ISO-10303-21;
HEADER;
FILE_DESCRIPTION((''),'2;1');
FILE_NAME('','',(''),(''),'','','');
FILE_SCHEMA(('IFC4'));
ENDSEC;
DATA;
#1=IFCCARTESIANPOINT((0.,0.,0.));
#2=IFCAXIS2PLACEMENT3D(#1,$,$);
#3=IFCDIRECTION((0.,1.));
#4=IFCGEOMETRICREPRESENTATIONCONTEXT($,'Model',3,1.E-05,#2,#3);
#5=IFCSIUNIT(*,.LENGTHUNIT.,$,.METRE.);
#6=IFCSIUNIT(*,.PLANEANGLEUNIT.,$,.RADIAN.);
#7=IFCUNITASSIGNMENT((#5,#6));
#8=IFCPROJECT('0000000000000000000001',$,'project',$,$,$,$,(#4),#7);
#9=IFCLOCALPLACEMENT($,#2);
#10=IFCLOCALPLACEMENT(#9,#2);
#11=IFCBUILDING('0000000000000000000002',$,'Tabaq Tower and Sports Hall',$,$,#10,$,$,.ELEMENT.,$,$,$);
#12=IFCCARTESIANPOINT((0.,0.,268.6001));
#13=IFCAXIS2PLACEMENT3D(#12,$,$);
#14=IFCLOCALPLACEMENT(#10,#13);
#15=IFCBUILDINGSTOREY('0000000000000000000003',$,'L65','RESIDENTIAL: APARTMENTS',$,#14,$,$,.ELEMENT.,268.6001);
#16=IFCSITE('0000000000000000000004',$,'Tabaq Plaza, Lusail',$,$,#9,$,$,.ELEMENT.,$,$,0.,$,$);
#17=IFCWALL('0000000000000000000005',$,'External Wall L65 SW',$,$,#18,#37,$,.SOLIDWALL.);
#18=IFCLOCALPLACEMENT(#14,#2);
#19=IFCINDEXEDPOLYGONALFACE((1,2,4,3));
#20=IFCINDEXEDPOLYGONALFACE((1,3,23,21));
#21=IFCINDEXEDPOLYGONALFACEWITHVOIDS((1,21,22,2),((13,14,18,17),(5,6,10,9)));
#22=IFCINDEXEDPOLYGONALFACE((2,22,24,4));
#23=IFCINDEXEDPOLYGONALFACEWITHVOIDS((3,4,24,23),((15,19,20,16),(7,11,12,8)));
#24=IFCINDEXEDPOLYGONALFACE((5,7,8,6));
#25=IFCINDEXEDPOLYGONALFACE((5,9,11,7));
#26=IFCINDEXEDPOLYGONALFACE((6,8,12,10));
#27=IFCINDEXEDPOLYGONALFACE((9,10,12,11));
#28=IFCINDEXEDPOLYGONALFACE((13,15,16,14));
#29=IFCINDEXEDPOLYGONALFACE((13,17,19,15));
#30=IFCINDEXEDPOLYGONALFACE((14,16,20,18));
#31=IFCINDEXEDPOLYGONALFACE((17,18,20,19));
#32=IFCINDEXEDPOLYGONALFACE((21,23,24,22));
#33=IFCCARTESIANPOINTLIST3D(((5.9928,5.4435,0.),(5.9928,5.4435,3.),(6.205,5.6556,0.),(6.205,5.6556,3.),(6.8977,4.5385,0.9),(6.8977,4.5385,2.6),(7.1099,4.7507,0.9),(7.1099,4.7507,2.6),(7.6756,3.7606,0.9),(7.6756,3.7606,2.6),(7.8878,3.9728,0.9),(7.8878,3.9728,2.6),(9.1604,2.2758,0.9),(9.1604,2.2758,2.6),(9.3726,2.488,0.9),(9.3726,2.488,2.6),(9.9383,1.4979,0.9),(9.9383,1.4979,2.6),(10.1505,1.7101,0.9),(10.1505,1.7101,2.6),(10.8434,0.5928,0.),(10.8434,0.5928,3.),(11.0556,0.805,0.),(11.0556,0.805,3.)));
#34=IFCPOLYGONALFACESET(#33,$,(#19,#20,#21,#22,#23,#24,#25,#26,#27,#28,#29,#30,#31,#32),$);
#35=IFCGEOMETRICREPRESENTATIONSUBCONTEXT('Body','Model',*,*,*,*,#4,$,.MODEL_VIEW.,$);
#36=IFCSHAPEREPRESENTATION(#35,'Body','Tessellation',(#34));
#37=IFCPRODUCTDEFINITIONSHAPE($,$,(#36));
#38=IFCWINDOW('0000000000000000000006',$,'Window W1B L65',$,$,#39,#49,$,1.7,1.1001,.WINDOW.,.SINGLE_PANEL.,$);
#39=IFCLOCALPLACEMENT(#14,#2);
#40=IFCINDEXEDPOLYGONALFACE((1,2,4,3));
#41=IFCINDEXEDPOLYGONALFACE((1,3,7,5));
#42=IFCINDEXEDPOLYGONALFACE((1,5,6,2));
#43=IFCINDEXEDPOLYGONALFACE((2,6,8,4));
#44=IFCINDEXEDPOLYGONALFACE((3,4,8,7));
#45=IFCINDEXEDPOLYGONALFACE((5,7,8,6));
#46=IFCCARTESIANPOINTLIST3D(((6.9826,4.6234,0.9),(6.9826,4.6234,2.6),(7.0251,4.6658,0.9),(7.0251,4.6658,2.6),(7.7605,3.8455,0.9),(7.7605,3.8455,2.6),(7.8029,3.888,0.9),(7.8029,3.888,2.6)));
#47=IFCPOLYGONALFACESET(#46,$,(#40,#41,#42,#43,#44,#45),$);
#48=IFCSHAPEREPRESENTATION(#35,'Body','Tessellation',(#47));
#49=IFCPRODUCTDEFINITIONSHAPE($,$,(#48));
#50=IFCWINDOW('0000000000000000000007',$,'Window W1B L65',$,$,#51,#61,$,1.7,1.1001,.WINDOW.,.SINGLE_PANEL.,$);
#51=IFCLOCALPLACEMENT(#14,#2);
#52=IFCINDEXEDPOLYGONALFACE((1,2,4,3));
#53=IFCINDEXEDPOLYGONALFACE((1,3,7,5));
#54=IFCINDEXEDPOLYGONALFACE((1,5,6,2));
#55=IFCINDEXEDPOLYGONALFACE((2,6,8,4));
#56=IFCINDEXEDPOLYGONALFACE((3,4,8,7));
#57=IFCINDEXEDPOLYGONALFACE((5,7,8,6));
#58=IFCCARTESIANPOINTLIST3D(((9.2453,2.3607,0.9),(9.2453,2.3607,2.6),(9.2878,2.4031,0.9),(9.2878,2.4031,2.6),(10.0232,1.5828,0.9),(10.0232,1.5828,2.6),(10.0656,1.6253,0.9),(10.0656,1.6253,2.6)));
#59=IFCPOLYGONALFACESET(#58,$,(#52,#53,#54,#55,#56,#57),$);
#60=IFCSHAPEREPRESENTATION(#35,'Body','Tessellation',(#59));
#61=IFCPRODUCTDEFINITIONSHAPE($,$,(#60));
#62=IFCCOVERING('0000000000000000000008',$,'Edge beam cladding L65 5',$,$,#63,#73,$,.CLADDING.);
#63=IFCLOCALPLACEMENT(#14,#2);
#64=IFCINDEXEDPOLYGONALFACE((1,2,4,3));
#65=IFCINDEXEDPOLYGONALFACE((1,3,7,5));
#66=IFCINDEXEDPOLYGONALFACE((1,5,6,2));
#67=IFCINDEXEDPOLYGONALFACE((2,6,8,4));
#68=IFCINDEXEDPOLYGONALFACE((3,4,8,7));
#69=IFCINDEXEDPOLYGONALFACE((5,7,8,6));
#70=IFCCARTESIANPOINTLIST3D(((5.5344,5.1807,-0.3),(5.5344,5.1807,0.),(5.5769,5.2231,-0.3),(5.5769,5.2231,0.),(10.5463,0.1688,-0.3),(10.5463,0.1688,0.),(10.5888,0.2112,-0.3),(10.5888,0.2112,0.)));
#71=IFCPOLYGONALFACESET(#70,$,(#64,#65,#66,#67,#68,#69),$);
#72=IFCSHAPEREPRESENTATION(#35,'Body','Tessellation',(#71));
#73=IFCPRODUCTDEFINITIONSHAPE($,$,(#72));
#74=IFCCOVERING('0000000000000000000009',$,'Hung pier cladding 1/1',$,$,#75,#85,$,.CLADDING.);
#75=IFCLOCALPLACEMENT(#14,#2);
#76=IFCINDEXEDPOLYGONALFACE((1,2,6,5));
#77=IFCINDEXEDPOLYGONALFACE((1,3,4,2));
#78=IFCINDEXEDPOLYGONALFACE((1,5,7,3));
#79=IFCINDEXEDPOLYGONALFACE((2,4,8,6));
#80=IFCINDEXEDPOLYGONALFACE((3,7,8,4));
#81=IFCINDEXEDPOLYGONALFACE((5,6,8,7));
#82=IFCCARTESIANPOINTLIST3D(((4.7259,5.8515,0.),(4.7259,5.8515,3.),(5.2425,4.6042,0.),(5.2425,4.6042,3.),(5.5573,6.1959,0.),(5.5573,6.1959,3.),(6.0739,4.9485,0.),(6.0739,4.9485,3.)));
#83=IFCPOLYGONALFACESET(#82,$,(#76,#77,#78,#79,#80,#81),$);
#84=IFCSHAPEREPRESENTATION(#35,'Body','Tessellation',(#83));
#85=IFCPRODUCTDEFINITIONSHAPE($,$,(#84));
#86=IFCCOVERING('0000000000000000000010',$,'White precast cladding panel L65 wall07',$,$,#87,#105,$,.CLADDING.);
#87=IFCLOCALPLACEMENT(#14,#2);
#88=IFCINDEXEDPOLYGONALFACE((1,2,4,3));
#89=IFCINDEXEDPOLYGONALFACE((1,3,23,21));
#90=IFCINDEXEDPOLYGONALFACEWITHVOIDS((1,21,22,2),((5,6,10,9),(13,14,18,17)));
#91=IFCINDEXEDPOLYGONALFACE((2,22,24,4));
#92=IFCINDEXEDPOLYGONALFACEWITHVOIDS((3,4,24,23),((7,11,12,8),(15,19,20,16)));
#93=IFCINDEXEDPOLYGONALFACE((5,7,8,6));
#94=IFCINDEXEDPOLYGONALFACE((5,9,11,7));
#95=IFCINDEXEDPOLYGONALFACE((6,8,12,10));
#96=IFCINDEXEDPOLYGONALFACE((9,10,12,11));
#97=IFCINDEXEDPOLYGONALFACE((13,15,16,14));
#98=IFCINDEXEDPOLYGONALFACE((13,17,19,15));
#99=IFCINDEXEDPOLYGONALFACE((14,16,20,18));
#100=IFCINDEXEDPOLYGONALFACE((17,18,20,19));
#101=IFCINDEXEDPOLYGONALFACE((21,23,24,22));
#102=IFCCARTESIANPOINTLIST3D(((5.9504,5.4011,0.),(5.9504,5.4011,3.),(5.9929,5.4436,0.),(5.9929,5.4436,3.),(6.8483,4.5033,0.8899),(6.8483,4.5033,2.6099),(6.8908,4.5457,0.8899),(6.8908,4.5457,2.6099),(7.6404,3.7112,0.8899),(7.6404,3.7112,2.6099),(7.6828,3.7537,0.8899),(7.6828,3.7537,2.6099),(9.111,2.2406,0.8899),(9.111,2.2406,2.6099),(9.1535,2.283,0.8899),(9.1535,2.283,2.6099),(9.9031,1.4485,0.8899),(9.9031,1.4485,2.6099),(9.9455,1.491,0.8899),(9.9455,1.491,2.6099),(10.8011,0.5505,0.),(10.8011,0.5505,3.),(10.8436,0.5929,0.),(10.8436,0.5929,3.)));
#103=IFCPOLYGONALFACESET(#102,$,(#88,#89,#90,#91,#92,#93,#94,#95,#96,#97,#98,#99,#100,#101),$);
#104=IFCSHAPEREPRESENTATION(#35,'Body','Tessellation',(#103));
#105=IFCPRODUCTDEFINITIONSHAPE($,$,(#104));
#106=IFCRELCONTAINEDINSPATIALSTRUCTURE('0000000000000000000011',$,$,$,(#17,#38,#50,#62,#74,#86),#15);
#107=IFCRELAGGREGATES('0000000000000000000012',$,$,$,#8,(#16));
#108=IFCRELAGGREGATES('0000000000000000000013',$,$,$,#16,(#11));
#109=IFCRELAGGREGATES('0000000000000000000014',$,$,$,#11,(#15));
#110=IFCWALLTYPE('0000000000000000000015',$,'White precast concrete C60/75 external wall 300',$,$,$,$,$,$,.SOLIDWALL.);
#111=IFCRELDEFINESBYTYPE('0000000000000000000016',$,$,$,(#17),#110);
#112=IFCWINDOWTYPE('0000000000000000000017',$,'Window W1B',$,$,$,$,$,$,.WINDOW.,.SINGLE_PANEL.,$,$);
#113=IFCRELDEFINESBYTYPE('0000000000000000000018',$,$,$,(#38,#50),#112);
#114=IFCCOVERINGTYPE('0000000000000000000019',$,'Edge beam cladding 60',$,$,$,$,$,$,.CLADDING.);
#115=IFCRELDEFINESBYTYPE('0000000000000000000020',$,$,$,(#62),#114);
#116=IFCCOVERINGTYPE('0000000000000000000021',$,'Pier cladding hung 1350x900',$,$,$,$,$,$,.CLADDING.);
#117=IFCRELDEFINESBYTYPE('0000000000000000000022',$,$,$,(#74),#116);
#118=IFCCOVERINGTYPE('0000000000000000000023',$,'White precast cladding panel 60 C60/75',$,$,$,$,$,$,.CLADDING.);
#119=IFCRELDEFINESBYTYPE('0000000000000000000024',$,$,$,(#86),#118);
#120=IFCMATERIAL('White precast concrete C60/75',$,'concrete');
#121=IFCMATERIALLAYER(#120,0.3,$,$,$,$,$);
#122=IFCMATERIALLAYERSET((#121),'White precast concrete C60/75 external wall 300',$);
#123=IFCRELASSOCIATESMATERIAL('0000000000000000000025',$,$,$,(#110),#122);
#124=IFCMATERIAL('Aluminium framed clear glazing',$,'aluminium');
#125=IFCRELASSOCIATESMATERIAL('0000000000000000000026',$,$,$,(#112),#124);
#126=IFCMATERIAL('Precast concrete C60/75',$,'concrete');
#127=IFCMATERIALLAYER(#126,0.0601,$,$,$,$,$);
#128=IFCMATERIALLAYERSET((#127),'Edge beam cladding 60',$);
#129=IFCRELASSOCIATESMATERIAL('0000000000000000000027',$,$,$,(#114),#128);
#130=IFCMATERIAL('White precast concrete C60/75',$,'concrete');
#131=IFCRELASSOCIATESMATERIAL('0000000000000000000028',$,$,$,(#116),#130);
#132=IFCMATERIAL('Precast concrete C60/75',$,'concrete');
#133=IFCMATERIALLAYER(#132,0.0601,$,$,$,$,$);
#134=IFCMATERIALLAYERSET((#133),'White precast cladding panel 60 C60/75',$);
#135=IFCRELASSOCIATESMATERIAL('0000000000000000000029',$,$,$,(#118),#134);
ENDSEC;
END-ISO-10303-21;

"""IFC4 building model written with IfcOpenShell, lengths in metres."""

from ifc_helpers import new_model, si_unit, direction, frame, frame_2d, origin, place, context, subcontext, project, spatial, polyline, rectangle, outline, extrude, material, layer, layer_set, type_object, element, fill, save


model = new_model("IFC4")

# Units and contexts
model_context = context("Model", 3, precision=1e-05, world=origin(), true_north=direction((0.0, 1.0)))
body_context = subcontext(model_context, "Body", "Model", "MODEL_VIEW")
ifc_project = project(units=[si_unit("LENGTHUNIT", "METRE"), si_unit("PLANEANGLEUNIT", "RADIAN")], contexts=[model_context])

# Site, building, storey
site_placement = place(None, origin())
site = spatial("IfcSite", under=ifc_project, at=site_placement, Name="Tabaq Plaza, Lusail", CompositionType="ELEMENT", RefElevation=0.0)
building_placement = place(site_placement, origin())
building = spatial("IfcBuilding", under=site, at=building_placement, Name="Tabaq Tower and Sports Hall", CompositionType="ELEMENT")
storey_placement = place(building_placement, frame((0.0, 0.0, 268.6001)))
storey = spatial("IfcBuildingStorey", under=building, at=storey_placement, Name="L65", Description="RESIDENTIAL: APARTMENTS", CompositionType="ELEMENT", Elevation=268.6001)

# Wall, openings, windows
ifc_material_1 = material(Name="White precast concrete C60/75", Category="concrete")
ifc_layer_1 = layer(ifc_material_1, 0.3)
ifc_layer_set_1 = layer_set([ifc_layer_1], Name="White precast concrete C60/75 external wall 300")
wall_type_1 = type_object("IfcWallType", Name="White precast concrete C60/75 external wall 300", PredefinedType="SOLIDWALL", material=ifc_layer_set_1)
ifc_material_2 = material(Name="Aluminium framed clear glazing", Category="aluminium")
window_type_1 = type_object("IfcWindowType", Name="Window W1B", PartitioningType="SINGLE_PANEL", PredefinedType="WINDOW", material=ifc_material_2)
wall_1_placement = place(storey_placement, frame((6.0989, 5.5496, 0.0), z_axis=(0.0, 0.0, 1.0), x_axis=(0.707107, -0.707107, 0.0)))
wall_1 = element("IfcWall", 1, at=wall_1_placement, inside=storey, type_object=wall_type_1, Name="External Wall L65 SW", PredefinedType="SOLIDWALL", context=body_context, shape_type="SweptSolid", body=[
    extrude(rectangle(XDim=6.8599, YDim=0.3, at=frame_2d((3.4299, 0.0))), origin(), (0.0, 0.0, 1.0), 3.0),
])
opening_1_placement = place(wall_1_placement, frame((1.2798, 0.0, 0.8999)))
opening_1 = element("IfcOpeningElement", 2, at=opening_1_placement, cuts=wall_1, PredefinedType="OPENING", context=body_context, shape_type="SweptSolid", body=[
    extrude(rectangle(XDim=1.1001, YDim=1.7, at=frame_2d((0.55, 0.8501))), frame((0.0, 0.1602, 0.0), z_axis=(0.0, -1.0, 0.0), x_axis=(1.0, 0.0, 0.0)), (0.0, 0.0, 1.0), 0.3201),
])
opening_2_placement = place(wall_1_placement, frame((4.4797, 0.0, 0.8999)))
opening_2 = element("IfcOpeningElement", 3, at=opening_2_placement, cuts=wall_1, PredefinedType="OPENING", context=body_context, shape_type="SweptSolid", body=[
    extrude(rectangle(XDim=1.1001, YDim=1.7, at=frame_2d((0.55, 0.8501))), frame((0.0, 0.1602, 0.0), z_axis=(0.0, -1.0, 0.0), x_axis=(1.0, 0.0, 0.0)), (0.0, 0.0, 1.0), 0.3201),
])
window_1_placement = place(opening_1_placement, origin())
window_1 = element("IfcWindow", 4, at=window_1_placement, inside=storey, type_object=window_type_1, Name="Window W1B L65", OverallHeight=1.7, OverallWidth=1.1001, PartitioningType="SINGLE_PANEL", PredefinedType="WINDOW", context=body_context, shape_type="SweptSolid", body=[
    extrude(rectangle(XDim=1.1001, YDim=1.7, at=frame_2d((0.55, 0.8501))), frame((0.0, 0.03, 0.0), z_axis=(0.0, -1.0, 0.0), x_axis=(1.0, 0.0, 0.0)), (0.0, 0.0, 1.0), 0.0601),
])
fill(opening_1, window_1)
window_2_placement = place(opening_2_placement, origin())
window_2 = element("IfcWindow", 5, at=window_2_placement, inside=storey, type_object=window_type_1, Name="Window W1B L65", OverallHeight=1.7, OverallWidth=1.1001, PartitioningType="SINGLE_PANEL", PredefinedType="WINDOW", context=body_context, shape_type="SweptSolid", body=[
    extrude(rectangle(XDim=1.1001, YDim=1.7, at=frame_2d((0.55, 0.8501))), frame((0.0, 0.03, 0.0), z_axis=(0.0, -1.0, 0.0), x_axis=(1.0, 0.0, 0.0)), (0.0, 0.0, 1.0), 0.0601),
])
fill(opening_2, window_2)

# Coverings
ifc_material_3 = material(Name="Precast concrete C60/75", Category="concrete")
ifc_layer_2 = layer(ifc_material_3, 0.0601)
ifc_layer_set_2 = layer_set([ifc_layer_2], Name="Edge beam cladding 60")
covering_type_1 = type_object("IfcCoveringType", Name="Edge beam cladding 60", PredefinedType="CLADDING", material=ifc_layer_set_2)
covering_1_placement = place(storey_placement, frame((5.5557, 5.2019, -0.3), z_axis=(0.0, 0.0, 1.0), x_axis=(0.707107, -0.707107, 0.0)))
element("IfcCovering", 6, at=covering_1_placement, inside=storey, type_object=covering_type_1, Name="Edge beam cladding L65 5", PredefinedType="CLADDING", context=body_context, shape_type="SweptSolid", body=[
    extrude(rectangle(XDim=7.0879, YDim=0.0601, at=frame_2d((3.5439, 0.0))), origin(), (0.0, 0.0, 1.0), 0.3),
])
ifc_material_4 = material(Name="White precast concrete C60/75", Category="concrete")
covering_type_2 = type_object("IfcCoveringType", Name="Pier cladding hung 1350x900", PredefinedType="CLADDING", material=ifc_material_4)
covering_2_placement = place(storey_placement, frame((5.1416, 6.0237, 0.0), z_axis=(0.0, 0.0, 1.0), x_axis=(0.38265, -0.923893, 0.0)))
element("IfcCovering", 7, at=covering_2_placement, inside=storey, type_object=covering_type_2, Name="Hung pier cladding 1/1", PredefinedType="CLADDING", context=body_context, shape_type="SweptSolid", body=[
    extrude(rectangle(XDim=1.3501, YDim=0.8999, at=frame_2d((0.675, 0.0))), origin(), (0.0, 0.0, 1.0), 3.0),
])
ifc_material_5 = material(Name="Precast concrete C60/75", Category="concrete")
ifc_layer_3 = layer(ifc_material_5, 0.0601)
ifc_layer_set_3 = layer_set([ifc_layer_3], Name="White precast cladding panel 60 C60/75")
covering_type_3 = type_object("IfcCoveringType", Name="White precast cladding panel 60 C60/75", PredefinedType="CLADDING", material=ifc_layer_set_3)
covering_3_placement = place(storey_placement, frame((5.9717, 5.4224, 0.0), z_axis=(0.0, 0.0, 1.0), x_axis=(0.707107, -0.707107, 0.0)))
element("IfcCovering", 8, at=covering_3_placement, inside=storey, type_object=covering_type_3, Name="White precast cladding panel L65 wall07", PredefinedType="CLADDING", context=body_context, shape_type="SweptSolid", body=[
    extrude(outline(polyline([(0.0, 0.0), (6.8599, 0.0), (6.8599, 3.0), (0.0, 3.0), (0.0, 0.0)]), holes=[polyline([(1.2698, 2.6099), (2.3899, 2.6099), (2.3899, 0.8899), (1.2698, 0.8899), (1.2698, 2.6099)]), polyline([(4.4697, 2.6099), (5.5898, 2.6099), (5.5898, 0.8899), (4.4697, 0.8899), (4.4697, 2.6099)])]), frame((0.0, 0.03, 0.0), z_axis=(0.0, -1.0, 0.0), x_axis=(1.0, 0.0, 0.0)), (0.0, 0.0, 1.0), 0.0601),
])

save(model, "model.ifc")
